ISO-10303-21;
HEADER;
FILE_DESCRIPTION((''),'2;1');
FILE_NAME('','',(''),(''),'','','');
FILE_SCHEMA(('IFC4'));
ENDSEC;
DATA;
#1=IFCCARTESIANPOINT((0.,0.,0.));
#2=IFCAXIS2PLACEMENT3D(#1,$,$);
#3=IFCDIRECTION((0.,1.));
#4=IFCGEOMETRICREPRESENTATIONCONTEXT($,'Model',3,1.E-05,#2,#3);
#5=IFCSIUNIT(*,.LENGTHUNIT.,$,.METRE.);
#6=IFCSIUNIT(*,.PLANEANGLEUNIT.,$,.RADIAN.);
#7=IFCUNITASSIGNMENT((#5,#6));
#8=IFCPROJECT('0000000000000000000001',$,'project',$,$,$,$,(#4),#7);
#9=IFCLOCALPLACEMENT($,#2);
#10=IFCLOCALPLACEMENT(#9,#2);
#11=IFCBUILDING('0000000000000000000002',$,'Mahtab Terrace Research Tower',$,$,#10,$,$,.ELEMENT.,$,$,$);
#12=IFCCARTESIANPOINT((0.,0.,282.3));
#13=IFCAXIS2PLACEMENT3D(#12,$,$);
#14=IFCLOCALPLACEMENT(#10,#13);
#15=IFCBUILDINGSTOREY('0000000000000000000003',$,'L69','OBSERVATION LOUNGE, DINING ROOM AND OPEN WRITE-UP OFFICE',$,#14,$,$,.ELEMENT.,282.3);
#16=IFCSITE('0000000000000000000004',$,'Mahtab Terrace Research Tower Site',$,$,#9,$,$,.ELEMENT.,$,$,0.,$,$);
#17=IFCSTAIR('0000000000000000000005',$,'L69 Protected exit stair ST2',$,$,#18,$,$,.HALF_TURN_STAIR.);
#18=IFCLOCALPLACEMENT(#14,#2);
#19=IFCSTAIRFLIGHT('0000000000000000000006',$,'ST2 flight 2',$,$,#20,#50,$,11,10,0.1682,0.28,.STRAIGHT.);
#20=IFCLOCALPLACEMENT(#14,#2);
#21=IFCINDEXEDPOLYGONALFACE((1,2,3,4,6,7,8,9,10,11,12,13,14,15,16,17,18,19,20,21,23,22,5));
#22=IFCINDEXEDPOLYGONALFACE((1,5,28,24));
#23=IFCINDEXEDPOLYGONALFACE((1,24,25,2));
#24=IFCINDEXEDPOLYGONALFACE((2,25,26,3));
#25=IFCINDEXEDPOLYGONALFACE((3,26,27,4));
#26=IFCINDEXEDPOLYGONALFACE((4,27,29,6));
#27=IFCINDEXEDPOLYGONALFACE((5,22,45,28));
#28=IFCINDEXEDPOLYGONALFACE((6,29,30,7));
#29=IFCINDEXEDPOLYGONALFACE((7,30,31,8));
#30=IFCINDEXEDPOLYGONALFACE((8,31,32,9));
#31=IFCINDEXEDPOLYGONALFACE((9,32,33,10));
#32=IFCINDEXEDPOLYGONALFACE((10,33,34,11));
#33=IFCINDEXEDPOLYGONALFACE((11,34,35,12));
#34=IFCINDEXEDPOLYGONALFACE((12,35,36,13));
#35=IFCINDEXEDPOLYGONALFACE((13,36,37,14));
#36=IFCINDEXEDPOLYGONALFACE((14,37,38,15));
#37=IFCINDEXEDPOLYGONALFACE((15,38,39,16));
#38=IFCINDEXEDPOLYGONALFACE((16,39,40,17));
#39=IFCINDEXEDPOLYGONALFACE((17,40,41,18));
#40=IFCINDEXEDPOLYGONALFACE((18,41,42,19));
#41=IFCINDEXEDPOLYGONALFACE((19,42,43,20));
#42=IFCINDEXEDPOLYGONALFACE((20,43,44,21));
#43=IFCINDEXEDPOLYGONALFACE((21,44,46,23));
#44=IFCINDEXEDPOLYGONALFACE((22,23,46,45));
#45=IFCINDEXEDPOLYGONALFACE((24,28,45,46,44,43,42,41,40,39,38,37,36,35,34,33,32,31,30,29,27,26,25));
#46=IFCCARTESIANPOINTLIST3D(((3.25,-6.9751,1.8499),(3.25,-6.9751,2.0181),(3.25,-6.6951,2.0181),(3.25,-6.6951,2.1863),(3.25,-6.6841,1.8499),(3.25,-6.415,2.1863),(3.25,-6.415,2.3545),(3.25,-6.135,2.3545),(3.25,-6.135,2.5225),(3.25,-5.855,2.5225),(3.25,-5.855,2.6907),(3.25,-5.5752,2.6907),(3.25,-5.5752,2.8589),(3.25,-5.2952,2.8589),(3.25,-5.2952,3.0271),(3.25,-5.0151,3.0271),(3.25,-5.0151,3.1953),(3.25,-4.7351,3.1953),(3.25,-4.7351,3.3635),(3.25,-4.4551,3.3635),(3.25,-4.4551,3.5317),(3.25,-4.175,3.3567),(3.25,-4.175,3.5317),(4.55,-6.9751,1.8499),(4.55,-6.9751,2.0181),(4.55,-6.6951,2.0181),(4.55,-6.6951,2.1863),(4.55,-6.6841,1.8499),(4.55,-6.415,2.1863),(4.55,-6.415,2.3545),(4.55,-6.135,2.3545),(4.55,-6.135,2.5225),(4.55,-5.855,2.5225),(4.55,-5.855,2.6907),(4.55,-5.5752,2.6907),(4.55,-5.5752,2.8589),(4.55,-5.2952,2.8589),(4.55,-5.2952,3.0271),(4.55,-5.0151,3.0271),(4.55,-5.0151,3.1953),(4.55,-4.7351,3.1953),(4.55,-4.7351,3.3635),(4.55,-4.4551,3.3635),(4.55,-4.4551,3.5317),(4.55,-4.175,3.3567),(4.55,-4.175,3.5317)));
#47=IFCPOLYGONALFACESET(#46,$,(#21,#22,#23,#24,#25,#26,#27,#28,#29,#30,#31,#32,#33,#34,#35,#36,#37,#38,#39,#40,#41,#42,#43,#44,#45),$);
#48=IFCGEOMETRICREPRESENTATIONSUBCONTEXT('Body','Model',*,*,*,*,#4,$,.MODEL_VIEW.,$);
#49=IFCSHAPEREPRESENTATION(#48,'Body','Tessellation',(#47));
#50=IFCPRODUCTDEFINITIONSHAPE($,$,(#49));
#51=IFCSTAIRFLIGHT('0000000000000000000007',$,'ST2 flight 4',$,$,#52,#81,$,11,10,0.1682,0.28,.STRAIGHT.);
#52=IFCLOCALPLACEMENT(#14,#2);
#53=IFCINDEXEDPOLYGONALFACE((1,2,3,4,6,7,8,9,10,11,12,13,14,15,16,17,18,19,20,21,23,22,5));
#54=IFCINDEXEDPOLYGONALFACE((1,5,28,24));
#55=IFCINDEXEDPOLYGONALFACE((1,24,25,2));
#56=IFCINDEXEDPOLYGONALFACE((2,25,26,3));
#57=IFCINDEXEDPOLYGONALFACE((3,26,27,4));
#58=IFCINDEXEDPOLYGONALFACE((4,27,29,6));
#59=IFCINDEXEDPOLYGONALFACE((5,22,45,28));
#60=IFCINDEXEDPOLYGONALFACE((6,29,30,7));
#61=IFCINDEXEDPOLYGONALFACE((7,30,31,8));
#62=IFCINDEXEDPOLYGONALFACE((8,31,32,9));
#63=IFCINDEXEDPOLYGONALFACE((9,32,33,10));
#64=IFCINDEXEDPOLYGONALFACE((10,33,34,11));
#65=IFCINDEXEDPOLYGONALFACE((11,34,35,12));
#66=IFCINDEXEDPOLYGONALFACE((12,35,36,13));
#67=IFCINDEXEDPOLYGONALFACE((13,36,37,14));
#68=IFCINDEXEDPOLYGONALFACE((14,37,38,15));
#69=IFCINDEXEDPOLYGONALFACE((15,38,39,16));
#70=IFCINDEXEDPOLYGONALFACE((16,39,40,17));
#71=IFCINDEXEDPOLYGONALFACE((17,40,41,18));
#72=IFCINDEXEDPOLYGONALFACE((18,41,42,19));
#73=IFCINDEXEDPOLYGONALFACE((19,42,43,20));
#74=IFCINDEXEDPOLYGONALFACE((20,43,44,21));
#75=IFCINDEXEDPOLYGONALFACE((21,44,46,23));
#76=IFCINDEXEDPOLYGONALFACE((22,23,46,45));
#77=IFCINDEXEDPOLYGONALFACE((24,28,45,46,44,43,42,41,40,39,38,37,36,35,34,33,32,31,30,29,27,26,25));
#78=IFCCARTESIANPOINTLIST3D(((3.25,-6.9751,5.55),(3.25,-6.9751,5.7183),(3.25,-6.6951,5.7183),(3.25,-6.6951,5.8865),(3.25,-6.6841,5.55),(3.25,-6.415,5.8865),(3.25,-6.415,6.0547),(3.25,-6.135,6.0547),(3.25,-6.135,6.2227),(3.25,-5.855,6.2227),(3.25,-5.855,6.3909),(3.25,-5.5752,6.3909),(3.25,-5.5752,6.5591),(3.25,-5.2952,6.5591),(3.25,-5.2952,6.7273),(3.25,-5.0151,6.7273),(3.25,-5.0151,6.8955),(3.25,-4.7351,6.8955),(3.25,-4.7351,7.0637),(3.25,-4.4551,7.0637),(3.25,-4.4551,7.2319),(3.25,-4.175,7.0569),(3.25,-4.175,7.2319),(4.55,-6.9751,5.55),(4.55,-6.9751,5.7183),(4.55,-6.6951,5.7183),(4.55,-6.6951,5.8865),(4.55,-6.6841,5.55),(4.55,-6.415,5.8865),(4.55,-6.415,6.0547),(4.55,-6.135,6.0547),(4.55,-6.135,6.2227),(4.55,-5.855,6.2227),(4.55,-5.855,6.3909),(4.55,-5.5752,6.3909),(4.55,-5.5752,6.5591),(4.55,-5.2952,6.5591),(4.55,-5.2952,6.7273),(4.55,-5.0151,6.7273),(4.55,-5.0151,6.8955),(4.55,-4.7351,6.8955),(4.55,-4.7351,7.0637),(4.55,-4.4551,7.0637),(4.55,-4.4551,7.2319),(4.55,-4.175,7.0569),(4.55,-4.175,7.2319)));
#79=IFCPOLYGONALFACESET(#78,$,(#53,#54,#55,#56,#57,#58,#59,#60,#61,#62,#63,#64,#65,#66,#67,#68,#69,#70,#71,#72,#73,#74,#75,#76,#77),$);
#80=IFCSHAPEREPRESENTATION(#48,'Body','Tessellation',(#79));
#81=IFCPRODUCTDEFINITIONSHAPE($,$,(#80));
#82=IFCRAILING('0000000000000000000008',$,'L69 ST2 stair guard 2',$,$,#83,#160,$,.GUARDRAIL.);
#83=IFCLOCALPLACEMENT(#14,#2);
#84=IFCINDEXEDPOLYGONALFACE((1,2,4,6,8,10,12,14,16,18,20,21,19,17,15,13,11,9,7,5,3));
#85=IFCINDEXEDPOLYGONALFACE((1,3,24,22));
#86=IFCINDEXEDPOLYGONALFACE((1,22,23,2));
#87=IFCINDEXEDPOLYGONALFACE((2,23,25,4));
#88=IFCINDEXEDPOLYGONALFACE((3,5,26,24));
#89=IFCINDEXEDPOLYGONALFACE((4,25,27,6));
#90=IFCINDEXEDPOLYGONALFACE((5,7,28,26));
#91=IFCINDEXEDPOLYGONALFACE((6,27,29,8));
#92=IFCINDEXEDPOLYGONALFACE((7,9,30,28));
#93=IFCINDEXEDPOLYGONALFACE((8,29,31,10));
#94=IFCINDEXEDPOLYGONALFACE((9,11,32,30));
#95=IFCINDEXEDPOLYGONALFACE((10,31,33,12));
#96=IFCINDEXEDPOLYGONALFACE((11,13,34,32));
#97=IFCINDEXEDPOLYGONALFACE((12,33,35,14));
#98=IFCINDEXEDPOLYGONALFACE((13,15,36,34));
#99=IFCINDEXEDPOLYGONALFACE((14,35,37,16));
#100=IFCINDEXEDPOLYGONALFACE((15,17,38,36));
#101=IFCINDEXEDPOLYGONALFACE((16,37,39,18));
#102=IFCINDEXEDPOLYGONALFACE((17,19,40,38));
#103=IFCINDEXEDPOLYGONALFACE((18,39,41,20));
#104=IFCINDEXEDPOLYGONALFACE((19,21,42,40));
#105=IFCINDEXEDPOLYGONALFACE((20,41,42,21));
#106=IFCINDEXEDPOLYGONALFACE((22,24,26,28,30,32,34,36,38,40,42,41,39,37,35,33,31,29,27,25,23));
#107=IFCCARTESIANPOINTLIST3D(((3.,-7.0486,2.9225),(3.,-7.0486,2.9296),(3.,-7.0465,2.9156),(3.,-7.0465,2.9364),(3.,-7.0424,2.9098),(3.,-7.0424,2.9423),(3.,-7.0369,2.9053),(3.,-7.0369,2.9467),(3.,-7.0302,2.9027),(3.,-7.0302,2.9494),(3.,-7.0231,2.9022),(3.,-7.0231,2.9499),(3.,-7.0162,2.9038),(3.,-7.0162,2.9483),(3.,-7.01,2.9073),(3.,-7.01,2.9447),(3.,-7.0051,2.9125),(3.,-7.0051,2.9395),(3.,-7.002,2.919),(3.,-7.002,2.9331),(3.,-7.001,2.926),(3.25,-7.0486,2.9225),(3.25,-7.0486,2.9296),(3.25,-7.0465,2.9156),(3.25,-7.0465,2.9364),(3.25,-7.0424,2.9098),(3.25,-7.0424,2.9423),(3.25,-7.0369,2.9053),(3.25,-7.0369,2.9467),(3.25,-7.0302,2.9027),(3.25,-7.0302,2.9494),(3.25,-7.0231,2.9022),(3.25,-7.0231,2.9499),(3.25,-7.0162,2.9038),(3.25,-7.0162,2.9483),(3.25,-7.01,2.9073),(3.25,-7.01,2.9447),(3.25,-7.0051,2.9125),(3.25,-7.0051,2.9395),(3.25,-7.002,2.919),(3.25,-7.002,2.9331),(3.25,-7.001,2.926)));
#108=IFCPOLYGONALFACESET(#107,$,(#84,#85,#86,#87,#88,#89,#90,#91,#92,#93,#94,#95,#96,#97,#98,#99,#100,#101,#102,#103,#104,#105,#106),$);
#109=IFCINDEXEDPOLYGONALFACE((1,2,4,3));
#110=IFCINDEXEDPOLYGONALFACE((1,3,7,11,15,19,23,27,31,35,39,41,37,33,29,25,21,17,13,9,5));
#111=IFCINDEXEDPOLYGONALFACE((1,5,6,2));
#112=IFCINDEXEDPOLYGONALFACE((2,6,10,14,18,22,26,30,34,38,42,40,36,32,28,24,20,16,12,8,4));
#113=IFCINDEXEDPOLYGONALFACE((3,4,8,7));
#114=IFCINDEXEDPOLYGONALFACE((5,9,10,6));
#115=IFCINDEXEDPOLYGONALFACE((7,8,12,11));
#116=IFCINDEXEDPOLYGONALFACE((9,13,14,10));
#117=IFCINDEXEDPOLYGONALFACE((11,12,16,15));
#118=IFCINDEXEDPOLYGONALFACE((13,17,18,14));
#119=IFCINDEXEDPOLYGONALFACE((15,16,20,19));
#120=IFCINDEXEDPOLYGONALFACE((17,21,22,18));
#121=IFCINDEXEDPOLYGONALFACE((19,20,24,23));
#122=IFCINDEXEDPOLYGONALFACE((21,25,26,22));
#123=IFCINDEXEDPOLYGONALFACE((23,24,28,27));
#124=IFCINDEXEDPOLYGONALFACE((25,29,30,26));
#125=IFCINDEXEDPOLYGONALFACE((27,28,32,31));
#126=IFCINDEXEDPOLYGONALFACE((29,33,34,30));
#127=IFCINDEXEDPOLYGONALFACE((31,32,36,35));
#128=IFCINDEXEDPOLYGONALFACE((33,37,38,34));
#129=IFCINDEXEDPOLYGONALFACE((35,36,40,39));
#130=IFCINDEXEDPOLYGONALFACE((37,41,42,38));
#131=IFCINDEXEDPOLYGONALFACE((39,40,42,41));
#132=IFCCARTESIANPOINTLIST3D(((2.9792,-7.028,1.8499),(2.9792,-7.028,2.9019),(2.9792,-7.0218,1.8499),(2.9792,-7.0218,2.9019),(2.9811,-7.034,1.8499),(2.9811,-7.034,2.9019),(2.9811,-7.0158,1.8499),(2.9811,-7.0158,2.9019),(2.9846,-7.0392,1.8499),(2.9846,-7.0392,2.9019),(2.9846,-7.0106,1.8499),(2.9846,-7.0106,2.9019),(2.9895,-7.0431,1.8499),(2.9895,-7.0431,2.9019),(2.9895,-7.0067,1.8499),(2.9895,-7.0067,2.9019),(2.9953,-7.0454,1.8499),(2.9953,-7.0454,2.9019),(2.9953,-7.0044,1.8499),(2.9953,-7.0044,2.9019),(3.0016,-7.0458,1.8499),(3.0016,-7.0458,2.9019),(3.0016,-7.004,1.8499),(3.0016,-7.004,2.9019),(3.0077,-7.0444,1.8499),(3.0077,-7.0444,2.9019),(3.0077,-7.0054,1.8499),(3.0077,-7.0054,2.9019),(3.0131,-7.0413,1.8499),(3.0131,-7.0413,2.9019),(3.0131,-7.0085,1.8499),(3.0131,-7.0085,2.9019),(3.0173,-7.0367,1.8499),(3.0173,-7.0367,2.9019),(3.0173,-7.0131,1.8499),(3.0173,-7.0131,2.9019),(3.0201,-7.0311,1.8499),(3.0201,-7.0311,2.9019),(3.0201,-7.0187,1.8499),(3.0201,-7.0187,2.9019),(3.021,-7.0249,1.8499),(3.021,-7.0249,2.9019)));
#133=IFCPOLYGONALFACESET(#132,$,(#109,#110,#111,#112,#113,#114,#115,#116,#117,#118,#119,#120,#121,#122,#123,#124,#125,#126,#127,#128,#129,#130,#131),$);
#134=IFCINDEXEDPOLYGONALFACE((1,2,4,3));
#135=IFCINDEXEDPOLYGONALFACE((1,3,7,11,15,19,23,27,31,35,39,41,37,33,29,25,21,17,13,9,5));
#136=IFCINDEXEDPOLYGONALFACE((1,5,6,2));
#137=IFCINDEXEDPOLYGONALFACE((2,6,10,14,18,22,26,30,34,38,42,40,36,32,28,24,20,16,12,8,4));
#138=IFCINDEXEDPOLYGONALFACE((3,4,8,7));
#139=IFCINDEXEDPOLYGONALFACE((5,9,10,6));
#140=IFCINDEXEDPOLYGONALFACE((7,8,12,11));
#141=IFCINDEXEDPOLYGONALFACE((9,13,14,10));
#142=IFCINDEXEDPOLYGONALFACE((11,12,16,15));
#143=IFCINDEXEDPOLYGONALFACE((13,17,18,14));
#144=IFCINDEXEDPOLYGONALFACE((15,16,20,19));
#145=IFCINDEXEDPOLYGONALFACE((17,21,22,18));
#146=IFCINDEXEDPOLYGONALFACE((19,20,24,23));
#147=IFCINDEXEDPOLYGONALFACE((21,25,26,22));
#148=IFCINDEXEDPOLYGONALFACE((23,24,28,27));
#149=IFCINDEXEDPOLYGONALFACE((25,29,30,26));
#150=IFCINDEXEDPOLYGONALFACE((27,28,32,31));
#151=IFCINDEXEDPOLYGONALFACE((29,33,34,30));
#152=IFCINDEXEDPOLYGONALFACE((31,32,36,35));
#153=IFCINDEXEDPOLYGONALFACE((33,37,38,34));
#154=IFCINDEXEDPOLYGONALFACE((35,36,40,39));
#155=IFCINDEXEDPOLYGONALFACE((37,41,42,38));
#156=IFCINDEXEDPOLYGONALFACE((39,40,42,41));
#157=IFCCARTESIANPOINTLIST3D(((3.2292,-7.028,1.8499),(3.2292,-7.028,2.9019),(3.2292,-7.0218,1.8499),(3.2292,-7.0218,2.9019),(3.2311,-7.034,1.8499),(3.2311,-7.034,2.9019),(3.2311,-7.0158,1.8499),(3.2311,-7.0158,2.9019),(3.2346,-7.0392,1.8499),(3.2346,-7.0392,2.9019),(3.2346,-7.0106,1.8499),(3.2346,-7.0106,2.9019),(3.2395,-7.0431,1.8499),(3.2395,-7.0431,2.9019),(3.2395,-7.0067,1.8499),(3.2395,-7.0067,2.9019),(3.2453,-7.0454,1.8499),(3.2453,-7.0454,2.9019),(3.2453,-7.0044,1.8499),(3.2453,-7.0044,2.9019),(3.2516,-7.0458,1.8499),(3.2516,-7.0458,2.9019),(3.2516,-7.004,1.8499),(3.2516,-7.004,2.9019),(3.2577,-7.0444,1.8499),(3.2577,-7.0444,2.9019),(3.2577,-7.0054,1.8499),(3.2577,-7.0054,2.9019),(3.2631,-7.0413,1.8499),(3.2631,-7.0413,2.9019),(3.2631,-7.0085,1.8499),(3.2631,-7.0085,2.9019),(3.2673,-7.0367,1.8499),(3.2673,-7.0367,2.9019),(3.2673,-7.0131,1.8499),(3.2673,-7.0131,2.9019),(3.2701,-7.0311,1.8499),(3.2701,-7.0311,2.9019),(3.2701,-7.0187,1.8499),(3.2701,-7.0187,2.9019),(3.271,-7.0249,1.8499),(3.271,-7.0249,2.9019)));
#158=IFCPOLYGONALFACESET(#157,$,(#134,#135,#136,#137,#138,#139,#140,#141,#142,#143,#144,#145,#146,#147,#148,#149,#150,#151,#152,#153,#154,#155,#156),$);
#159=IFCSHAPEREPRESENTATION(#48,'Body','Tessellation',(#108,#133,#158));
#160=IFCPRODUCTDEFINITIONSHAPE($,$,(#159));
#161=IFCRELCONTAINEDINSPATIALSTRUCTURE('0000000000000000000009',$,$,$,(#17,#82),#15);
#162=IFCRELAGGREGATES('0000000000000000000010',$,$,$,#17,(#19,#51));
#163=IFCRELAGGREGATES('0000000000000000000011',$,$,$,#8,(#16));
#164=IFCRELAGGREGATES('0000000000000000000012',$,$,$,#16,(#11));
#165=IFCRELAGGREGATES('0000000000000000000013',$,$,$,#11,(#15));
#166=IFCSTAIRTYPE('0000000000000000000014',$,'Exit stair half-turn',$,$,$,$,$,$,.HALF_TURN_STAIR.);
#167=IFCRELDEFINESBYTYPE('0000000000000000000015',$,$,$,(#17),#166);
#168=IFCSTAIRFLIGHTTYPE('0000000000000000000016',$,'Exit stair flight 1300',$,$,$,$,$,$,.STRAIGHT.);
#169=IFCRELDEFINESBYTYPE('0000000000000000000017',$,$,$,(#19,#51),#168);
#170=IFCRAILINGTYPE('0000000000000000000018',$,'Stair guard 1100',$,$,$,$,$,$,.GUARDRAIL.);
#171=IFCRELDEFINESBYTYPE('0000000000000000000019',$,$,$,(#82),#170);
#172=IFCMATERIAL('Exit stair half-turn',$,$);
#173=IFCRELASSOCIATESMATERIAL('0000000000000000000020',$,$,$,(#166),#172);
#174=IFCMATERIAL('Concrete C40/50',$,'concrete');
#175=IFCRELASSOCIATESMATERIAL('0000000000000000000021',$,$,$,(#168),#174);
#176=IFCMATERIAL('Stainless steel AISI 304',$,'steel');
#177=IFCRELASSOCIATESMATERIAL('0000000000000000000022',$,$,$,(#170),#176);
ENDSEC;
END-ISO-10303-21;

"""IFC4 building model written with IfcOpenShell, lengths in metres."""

from ifc_helpers import new_model, si_unit, direction, frame, origin, origin_2d, place, context, subcontext, project, spatial, polyline, circle, outline, extrude, material, type_object, element, aggregate, save


model = new_model("IFC4")

# Units and contexts
model_context = context("Model", 3, precision=1e-05, world=origin(), true_north=direction((0.0, 1.0)))
body_context = subcontext(model_context, "Body", "Model", "MODEL_VIEW")
ifc_project = project(units=[si_unit("LENGTHUNIT", "METRE"), si_unit("PLANEANGLEUNIT", "RADIAN")], contexts=[model_context])

# Site, building, storey
site_placement = place(None, origin())
site = spatial("IfcSite", under=ifc_project, at=site_placement, Name="Mahtab Terrace Research Tower Site", CompositionType="ELEMENT", RefElevation=0.0)
building_placement = place(site_placement, origin())
building = spatial("IfcBuilding", under=site, at=building_placement, Name="Mahtab Terrace Research Tower", CompositionType="ELEMENT")
storey_placement = place(building_placement, frame((0.0, 0.0, 282.3)))
storey = spatial("IfcBuildingStorey", under=building, at=storey_placement, Name="L69", Description="OBSERVATION LOUNGE, DINING ROOM AND OPEN WRITE-UP OFFICE", CompositionType="ELEMENT", Elevation=282.3)

# Stair, stair flights
ifc_material_1 = material(Name="Exit stair half-turn")
stair_type = type_object("IfcStairType", Name="Exit stair half-turn", PredefinedType="HALF_TURN_STAIR", material=ifc_material_1)
stair_placement = place(storey_placement, origin())
stair = element("IfcStair", 1, at=stair_placement, inside=storey, type_object=stair_type, Name="L69 Protected exit stair ST2", PredefinedType="HALF_TURN_STAIR")
ifc_material_2 = material(Name="Concrete C40/50", Category="concrete")
stair_flight_type = type_object("IfcStairFlightType", Name="Exit stair flight 1300", PredefinedType="STRAIGHT", material=ifc_material_2)
stair_flight_1_placement = place(storey_placement, frame((3.8999, -6.9751, 1.8499), z_axis=(0.0, 0.0, 1.0), x_axis=(0.0, 1.0, 0.0)))
stair_flight_1 = element("IfcStairFlight", 2, at=stair_flight_1_placement, type_object=stair_flight_type, Name="ST2 flight 2", NumberOfRisers=11, NumberOfTreads=10, PredefinedType="STRAIGHT", RiserHeight=0.1682, TreadLength=0.28, context=body_context, shape_type="SweptSolid", body=[
    extrude(outline(polyline([(0.0, 0.0), (0.0, 0.1682), (0.28, 0.1682), (0.28, 0.3364), (0.5601, 0.3364), (0.5601, 0.5046), (0.8401, 0.5046), (0.8401, 0.6726), (1.1201, 0.6726), (1.1201, 0.8408), (1.3999, 0.8408), (1.3999, 1.009), (1.6799, 1.009), (1.6799, 1.1772), (1.96, 1.1772), (1.96, 1.3455), (2.24, 1.3455), (2.24, 1.5137), (2.52, 1.5137), (2.52, 1.6819), (2.8, 1.6819), (2.8, 1.8501), (2.8, 1.5068), (0.291, 0.0), (0.0, 0.0)])), frame((0.0, 0.6499, 0.0), z_axis=(0.0, -1.0, 0.0), x_axis=(1.0, 0.0, 0.0)), (0.0, 0.0, 1.0), 1.3),
])
stair_flight_2_placement = place(storey_placement, frame((3.8999, -6.9751, 5.55), z_axis=(0.0, 0.0, 1.0), x_axis=(0.0, 1.0, 0.0)))
stair_flight_2 = element("IfcStairFlight", 3, at=stair_flight_2_placement, type_object=stair_flight_type, Name="ST2 flight 4", NumberOfRisers=11, NumberOfTreads=10, PredefinedType="STRAIGHT", RiserHeight=0.1682, TreadLength=0.28, context=body_context, shape_type="SweptSolid", body=[
    extrude(outline(polyline([(0.0, 0.0), (0.0, 0.1682), (0.28, 0.1682), (0.28, 0.3364), (0.5601, 0.3364), (0.5601, 0.5046), (0.8401, 0.5046), (0.8401, 0.6726), (1.1201, 0.6726), (1.1201, 0.8408), (1.3999, 0.8408), (1.3999, 1.009), (1.6799, 1.009), (1.6799, 1.1772), (1.96, 1.1772), (1.96, 1.3455), (2.24, 1.3455), (2.24, 1.5137), (2.52, 1.5137), (2.52, 1.6819), (2.8, 1.6819), (2.8, 1.8501), (2.8, 1.5068), (0.291, 0.0), (0.0, 0.0)])), frame((0.0, 0.6499, 0.0), z_axis=(0.0, -1.0, 0.0), x_axis=(1.0, 0.0, 0.0)), (0.0, 0.0, 1.0), 1.3),
])
aggregate(stair, [stair_flight_1, stair_flight_2])

# Railing
ifc_material_3 = material(Name="Stainless steel AISI 304", Category="steel")
railing_type_1 = type_object("IfcRailingType", Name="Stair guard 1100", PredefinedType="GUARDRAIL", material=ifc_material_3)
railing_1_placement = place(storey_placement, frame((3.0, -7.0249, 1.8499)))
element("IfcRailing", 4, at=railing_1_placement, inside=storey, type_object=railing_type_1, Name="L69 ST2 stair guard 2", PredefinedType="GUARDRAIL", context=body_context, shape_type="SweptSolid", body=[
    extrude(circle(Radius=0.0239, at=origin_2d()), frame((0.0, 0.0, 1.0762), z_axis=(1.0, 0.0, 0.0), x_axis=(0.0, 1.0, 0.0)), (0.0, 0.0, 1.0), 0.25),
    extrude(circle(Radius=0.021, at=origin_2d()), origin(), (0.0, 0.0, 1.0), 1.052),
    extrude(circle(Radius=0.021, at=origin_2d()), frame((0.25, 0.0, 0.0)), (0.0, 0.0, 1.0), 1.052),
])

save(model, "model.ifc")
